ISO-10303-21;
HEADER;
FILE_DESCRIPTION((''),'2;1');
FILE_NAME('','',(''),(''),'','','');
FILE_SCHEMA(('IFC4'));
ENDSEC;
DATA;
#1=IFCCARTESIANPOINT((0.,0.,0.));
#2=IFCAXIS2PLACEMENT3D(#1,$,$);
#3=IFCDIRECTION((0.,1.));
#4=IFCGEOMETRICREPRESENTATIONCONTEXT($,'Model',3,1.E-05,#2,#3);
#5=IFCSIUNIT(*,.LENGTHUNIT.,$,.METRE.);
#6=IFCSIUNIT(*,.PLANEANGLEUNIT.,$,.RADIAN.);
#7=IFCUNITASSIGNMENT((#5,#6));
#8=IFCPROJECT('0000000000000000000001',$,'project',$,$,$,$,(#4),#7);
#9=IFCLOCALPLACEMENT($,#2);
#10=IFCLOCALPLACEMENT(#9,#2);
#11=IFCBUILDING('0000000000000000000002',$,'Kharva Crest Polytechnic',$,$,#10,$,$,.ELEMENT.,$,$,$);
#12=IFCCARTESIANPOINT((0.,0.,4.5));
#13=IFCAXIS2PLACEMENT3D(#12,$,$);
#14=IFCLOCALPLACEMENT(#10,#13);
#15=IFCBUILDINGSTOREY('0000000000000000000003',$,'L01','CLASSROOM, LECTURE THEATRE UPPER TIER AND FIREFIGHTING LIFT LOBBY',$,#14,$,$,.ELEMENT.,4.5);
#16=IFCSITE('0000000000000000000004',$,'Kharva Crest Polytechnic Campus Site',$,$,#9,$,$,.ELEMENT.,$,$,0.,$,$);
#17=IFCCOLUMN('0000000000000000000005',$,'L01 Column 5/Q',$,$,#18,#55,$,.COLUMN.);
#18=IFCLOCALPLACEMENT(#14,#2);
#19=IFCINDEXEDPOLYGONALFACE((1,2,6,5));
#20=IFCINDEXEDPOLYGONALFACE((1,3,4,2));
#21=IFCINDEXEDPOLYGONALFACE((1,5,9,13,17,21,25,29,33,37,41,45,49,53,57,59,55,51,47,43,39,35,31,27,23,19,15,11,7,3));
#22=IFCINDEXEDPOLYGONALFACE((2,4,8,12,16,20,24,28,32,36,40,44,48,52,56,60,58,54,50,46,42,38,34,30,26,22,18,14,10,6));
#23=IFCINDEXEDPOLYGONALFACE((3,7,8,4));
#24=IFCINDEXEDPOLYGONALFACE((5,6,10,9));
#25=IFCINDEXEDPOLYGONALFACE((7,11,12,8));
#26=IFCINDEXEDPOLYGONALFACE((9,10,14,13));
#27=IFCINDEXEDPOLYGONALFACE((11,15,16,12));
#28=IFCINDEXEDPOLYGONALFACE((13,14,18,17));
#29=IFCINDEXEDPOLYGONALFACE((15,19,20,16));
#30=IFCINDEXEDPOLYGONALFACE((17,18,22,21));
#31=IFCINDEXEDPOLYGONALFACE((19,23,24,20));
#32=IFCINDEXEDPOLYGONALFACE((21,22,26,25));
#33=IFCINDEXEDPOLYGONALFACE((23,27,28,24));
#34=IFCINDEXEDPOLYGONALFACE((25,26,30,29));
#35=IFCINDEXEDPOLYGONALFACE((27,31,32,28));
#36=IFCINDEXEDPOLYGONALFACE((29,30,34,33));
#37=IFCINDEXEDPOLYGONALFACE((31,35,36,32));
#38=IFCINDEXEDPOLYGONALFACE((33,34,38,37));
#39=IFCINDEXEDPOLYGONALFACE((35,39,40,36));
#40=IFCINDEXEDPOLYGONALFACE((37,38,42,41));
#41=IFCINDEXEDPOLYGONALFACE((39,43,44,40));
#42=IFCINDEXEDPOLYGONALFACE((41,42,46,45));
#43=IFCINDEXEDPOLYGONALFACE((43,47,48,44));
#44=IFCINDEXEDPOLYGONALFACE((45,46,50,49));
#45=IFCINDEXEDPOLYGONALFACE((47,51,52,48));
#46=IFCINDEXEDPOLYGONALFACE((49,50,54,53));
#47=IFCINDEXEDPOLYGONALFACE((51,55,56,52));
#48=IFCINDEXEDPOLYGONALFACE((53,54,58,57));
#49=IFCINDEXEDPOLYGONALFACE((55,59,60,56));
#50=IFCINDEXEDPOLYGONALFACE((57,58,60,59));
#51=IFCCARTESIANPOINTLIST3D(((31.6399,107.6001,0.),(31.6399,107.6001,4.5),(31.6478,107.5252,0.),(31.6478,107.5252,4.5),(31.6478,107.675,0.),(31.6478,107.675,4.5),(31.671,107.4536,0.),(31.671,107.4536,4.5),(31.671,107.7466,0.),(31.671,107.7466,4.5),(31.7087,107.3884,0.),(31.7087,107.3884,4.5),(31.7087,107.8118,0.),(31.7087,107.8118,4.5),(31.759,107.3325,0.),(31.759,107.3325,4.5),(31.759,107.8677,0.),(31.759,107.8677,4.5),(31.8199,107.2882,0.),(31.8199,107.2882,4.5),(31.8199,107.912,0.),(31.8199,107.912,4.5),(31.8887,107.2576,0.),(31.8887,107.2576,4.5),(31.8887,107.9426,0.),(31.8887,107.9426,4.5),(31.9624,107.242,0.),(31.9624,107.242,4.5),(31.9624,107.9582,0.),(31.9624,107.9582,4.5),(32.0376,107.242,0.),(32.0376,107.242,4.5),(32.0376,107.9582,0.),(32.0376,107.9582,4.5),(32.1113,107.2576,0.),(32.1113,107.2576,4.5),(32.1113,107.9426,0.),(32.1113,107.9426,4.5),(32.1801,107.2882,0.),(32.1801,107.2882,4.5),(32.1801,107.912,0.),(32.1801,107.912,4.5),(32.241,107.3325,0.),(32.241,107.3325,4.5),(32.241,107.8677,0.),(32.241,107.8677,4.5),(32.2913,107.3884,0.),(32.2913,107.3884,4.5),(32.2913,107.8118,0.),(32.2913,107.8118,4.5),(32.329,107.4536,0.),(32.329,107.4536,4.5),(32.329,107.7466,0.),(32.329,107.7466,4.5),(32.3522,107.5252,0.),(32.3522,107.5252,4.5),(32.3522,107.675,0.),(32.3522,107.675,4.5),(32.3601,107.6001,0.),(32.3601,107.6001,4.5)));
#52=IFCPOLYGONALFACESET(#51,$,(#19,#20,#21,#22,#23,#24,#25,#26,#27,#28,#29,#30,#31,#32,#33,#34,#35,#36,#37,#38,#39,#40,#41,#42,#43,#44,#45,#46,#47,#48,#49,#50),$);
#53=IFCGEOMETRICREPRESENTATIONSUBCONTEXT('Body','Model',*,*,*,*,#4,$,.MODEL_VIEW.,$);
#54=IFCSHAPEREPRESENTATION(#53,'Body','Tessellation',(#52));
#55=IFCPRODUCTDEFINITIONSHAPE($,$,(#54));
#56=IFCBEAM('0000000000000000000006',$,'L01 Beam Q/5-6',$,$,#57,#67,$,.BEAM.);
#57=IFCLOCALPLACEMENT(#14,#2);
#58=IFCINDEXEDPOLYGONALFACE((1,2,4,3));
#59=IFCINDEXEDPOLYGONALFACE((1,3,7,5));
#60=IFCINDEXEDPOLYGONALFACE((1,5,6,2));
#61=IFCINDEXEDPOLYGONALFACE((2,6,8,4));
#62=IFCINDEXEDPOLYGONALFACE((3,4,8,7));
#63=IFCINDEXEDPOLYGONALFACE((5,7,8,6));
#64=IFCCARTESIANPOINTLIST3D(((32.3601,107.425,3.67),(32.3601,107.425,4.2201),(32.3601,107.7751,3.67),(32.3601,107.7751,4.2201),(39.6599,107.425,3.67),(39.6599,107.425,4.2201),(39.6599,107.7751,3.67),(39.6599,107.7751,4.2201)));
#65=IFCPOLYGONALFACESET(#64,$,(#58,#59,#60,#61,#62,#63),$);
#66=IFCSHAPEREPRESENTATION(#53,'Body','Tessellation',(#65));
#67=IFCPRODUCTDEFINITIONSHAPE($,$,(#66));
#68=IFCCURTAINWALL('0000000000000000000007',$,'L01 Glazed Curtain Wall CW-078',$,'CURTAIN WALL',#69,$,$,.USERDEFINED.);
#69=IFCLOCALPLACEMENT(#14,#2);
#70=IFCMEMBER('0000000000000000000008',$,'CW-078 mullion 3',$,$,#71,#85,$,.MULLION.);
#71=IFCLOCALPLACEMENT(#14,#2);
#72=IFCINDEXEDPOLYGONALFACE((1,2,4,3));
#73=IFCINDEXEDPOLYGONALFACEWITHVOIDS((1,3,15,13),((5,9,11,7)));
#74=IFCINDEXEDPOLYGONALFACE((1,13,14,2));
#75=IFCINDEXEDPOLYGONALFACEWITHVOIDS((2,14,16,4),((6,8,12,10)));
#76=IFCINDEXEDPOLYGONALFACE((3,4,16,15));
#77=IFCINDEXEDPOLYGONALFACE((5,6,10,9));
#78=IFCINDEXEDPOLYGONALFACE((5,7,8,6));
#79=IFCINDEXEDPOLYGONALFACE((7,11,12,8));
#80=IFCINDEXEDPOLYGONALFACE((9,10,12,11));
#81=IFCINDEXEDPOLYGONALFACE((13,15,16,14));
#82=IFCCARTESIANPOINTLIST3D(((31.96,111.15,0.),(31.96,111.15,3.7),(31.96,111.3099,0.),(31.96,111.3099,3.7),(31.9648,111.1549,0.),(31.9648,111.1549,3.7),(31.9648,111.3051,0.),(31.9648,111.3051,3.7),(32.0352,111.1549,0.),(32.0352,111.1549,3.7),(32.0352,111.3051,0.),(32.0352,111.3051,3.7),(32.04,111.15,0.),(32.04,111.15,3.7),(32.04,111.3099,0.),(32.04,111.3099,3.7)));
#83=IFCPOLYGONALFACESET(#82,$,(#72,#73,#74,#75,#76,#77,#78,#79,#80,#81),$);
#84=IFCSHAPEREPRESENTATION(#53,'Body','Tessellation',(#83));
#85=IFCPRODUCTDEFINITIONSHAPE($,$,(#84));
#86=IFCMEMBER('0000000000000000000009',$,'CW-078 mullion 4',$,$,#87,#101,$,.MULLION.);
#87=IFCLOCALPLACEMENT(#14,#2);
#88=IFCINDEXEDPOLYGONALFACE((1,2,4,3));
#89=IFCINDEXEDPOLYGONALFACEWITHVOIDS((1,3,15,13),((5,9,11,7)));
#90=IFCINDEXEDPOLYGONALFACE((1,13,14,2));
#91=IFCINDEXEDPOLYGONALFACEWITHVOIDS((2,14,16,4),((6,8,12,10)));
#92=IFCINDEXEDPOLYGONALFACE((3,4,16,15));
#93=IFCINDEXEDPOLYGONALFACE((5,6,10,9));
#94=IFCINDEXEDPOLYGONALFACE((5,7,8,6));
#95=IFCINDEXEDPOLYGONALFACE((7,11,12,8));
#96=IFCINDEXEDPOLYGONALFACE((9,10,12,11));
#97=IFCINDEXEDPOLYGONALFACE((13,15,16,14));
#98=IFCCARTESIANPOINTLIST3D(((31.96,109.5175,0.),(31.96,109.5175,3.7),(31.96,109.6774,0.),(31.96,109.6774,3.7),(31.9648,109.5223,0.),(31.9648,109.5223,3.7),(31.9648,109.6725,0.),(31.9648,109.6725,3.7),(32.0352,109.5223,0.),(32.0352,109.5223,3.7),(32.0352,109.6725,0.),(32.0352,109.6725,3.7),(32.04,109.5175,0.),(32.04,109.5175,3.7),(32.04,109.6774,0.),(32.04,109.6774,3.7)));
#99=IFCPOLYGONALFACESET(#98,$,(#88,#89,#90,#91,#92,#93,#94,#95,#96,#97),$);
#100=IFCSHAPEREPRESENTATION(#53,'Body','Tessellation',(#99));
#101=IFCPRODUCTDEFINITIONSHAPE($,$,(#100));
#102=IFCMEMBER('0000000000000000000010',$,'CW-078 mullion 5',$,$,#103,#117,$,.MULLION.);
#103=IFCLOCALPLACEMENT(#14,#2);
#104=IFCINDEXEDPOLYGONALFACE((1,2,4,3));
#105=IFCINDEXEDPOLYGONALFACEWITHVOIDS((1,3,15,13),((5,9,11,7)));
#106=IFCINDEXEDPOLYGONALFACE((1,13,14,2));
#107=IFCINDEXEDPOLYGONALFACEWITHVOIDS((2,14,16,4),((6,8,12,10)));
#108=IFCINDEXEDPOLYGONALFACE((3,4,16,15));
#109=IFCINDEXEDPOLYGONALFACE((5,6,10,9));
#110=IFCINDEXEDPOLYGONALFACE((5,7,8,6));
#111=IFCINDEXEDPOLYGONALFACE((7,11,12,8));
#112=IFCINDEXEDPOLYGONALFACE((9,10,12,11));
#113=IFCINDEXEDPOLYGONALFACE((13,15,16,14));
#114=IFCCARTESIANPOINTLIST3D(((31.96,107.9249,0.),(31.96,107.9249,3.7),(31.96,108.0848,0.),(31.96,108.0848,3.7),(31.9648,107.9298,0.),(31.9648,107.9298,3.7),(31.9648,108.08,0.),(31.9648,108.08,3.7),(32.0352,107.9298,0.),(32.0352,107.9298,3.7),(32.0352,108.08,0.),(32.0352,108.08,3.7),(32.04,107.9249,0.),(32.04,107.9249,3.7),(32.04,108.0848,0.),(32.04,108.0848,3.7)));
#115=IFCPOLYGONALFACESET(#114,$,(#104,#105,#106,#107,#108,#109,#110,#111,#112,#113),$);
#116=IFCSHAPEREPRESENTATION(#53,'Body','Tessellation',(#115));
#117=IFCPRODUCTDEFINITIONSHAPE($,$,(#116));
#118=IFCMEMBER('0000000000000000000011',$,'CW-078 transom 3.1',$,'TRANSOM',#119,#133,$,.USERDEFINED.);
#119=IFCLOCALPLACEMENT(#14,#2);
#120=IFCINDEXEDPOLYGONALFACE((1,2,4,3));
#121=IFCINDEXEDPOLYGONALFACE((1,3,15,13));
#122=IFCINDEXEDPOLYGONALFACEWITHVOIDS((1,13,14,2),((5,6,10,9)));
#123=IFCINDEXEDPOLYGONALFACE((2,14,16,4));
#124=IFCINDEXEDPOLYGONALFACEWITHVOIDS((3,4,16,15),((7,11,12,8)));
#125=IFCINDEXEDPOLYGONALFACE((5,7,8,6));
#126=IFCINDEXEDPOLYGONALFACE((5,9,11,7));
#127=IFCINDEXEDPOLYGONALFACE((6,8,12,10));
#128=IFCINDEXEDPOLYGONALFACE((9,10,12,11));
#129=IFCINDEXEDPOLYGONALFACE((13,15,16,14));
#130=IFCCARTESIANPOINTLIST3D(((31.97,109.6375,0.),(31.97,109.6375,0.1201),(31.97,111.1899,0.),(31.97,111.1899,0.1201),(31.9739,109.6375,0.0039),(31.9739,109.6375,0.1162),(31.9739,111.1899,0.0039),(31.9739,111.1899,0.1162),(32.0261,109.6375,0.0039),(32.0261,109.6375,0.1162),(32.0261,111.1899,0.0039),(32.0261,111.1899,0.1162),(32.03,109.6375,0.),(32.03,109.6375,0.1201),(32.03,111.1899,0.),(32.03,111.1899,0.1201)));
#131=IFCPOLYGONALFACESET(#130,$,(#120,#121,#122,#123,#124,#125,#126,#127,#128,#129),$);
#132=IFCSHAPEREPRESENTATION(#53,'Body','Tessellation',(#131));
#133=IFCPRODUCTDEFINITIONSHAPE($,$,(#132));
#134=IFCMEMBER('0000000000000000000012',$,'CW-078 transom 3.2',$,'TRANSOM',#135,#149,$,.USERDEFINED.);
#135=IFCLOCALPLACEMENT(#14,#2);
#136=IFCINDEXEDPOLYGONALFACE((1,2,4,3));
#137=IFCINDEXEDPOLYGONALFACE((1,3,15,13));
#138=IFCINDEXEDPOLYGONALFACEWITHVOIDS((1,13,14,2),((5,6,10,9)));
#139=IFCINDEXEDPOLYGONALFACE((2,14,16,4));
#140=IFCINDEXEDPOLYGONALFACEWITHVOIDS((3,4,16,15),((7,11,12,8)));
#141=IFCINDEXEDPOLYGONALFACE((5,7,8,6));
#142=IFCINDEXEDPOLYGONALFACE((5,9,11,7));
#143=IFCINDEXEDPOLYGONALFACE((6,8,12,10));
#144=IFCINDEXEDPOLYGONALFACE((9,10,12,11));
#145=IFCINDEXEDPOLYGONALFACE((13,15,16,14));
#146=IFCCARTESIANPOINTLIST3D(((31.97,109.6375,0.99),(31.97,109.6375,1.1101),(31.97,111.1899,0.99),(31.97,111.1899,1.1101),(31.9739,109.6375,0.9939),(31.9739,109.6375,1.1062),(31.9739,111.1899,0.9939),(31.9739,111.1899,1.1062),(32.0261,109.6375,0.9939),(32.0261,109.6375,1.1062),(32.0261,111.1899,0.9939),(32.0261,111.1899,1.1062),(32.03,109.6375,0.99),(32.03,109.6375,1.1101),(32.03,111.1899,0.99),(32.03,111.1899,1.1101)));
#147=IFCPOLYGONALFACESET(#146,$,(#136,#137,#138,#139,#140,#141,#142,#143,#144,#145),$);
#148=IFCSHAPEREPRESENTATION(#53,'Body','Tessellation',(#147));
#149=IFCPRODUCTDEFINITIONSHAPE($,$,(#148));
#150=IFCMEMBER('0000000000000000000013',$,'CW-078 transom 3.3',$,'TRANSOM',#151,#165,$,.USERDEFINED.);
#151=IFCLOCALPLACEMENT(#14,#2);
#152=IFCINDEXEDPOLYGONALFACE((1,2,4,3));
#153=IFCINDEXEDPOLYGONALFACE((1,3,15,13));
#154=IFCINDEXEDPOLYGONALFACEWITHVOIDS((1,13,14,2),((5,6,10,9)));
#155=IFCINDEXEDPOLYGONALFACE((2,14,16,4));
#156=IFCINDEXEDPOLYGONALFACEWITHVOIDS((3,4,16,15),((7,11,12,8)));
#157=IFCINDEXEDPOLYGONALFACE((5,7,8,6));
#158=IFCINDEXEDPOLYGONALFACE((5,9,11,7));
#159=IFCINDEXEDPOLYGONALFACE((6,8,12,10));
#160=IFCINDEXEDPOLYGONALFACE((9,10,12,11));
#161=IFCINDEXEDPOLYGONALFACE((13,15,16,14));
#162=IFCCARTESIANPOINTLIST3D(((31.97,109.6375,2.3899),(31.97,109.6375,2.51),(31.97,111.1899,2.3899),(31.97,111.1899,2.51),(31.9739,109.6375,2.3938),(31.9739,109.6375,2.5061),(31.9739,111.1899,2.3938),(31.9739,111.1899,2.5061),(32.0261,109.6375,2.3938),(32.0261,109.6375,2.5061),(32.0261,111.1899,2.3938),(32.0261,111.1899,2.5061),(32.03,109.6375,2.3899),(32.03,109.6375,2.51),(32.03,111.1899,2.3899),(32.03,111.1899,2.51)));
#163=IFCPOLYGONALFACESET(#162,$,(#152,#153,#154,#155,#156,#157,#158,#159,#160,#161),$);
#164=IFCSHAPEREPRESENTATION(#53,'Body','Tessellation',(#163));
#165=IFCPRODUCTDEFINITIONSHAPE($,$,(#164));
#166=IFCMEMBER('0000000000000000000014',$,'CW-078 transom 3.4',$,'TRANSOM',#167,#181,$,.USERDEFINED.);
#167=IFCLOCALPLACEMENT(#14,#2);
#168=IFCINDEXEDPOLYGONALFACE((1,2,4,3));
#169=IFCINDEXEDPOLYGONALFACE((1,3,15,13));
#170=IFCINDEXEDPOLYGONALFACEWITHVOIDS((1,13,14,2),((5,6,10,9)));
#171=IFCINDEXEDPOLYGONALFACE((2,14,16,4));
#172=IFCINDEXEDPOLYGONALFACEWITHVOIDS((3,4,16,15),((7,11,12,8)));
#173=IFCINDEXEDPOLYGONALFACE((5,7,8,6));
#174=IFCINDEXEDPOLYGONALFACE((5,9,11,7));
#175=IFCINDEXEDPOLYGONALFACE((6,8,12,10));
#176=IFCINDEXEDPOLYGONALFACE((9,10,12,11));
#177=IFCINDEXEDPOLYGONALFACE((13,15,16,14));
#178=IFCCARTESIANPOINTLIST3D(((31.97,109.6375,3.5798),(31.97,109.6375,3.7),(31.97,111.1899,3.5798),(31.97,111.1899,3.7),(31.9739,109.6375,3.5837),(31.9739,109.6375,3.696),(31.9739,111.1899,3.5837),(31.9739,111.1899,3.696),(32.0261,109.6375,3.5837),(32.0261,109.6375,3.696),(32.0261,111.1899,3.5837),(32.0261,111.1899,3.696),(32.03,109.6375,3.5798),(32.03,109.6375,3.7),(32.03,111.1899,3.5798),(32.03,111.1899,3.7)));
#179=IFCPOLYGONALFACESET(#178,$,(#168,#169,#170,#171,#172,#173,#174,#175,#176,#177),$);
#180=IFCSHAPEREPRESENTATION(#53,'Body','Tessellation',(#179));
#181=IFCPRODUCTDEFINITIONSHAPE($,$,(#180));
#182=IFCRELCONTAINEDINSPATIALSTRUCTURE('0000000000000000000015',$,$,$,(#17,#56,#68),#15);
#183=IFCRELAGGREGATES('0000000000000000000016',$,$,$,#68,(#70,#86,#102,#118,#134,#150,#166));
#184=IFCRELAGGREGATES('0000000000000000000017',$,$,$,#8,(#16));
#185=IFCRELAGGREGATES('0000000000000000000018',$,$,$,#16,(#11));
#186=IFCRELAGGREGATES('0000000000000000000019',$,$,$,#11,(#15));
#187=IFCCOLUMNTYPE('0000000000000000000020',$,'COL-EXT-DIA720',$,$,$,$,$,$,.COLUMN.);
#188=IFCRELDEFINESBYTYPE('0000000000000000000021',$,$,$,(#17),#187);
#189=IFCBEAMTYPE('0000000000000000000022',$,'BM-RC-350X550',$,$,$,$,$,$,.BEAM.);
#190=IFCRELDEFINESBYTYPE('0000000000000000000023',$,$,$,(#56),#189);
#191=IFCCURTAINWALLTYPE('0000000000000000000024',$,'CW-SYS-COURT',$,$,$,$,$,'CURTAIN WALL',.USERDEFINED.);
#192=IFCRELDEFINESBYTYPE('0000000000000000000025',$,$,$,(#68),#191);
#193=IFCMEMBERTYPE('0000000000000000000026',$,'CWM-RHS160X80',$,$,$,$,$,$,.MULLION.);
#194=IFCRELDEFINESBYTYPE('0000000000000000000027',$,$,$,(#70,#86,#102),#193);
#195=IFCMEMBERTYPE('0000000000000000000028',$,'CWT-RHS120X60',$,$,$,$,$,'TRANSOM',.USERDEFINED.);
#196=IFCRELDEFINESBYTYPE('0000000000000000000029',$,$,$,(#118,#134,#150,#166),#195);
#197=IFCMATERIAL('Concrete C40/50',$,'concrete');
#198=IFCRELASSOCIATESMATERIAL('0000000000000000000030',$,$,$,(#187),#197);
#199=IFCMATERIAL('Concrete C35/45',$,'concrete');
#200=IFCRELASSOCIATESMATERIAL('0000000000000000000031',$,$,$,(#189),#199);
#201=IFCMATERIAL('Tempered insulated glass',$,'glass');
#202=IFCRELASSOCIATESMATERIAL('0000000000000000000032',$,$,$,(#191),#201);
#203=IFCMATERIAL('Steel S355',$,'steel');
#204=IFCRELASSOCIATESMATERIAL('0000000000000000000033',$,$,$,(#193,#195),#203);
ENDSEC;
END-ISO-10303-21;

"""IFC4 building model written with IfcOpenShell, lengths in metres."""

from ifc_helpers import new_model, si_unit, direction, frame, origin, origin_2d, place, context, subcontext, project, spatial, rectangle, hollow_rectangle, circle, extrude, material, material_profile, profile_set, type_object, element, aggregate, save


model = new_model("IFC4")

# Units and contexts
model_context = context("Model", 3, precision=1e-05, world=origin(), true_north=direction((0.0, 1.0)))
body_context = subcontext(model_context, "Body", "Model", "MODEL_VIEW")
ifc_project = project(units=[si_unit("LENGTHUNIT", "METRE"), si_unit("PLANEANGLEUNIT", "RADIAN")], contexts=[model_context])

# Site, building, storey
site_placement = place(None, origin())
site = spatial("IfcSite", under=ifc_project, at=site_placement, Name="Kharva Crest Polytechnic Campus Site", CompositionType="ELEMENT", RefElevation=0.0)
building_placement = place(site_placement, origin())
building = spatial("IfcBuilding", under=site, at=building_placement, Name="Kharva Crest Polytechnic", CompositionType="ELEMENT")
storey_placement = place(building_placement, frame((0.0, 0.0, 4.5)))
storey = spatial("IfcBuildingStorey", under=building, at=storey_placement, Name="L01", Description="CLASSROOM, LECTURE THEATRE UPPER TIER AND FIREFIGHTING LIFT LOBBY", CompositionType="ELEMENT", Elevation=4.5)

# Column
ifc_material_1 = material(Name="Concrete C40/50", Category="concrete")
ifc_material_profile_1 = material_profile(ifc_material_1, circle(Radius=0.3601, at=origin_2d()), Name="DIA 720")
ifc_profile_set_1 = profile_set([ifc_material_profile_1], Name="Concrete C40/50")
column_type = type_object("IfcColumnType", Name="COL-EXT-DIA720", PredefinedType="COLUMN", material=ifc_profile_set_1)
column_placement = place(storey_placement, frame((32.0, 107.6001, 0.0), z_axis=(0.0, 0.0, 1.0), x_axis=(1.0, 0.0, 0.0)))
element("IfcColumn", 1, at=column_placement, inside=storey, type_object=column_type, Name="L01 Column 5/Q", PredefinedType="COLUMN", context=body_context, shape_type="SweptSolid", body=[
    extrude(circle(Radius=0.3601, at=origin_2d()), origin(), (0.0, 0.0, 1.0), 4.5),
])

# Beam
ifc_material_2 = material(Name="Concrete C35/45", Category="concrete")
ifc_material_profile_2 = material_profile(ifc_material_2, rectangle(XDim=0.3501, YDim=0.55, at=origin_2d()), Name="RECT 350 X 550")
ifc_profile_set_2 = profile_set([ifc_material_profile_2], Name="Concrete C35/45")
beam_type_1 = type_object("IfcBeamType", Name="BM-RC-350X550", PredefinedType="BEAM", material=ifc_profile_set_2)
beam_1_placement = place(storey_placement, frame((32.3601, 107.6001, 3.9451), z_axis=(1.0, 0.0, 0.0), x_axis=(0.0, 1.0, 0.0)))
element("IfcBeam", 2, at=beam_1_placement, inside=storey, type_object=beam_type_1, Name="L01 Beam Q/5-6", PredefinedType="BEAM", context=body_context, shape_type="SweptSolid", body=[
    extrude(rectangle(XDim=0.3501, YDim=0.55, at=origin_2d()), origin(), (0.0, 0.0, 1.0), 7.2998),
])

# Curtain wall, members
ifc_material_3 = material(Name="Tempered insulated glass", Category="glass")
curtain_wall_type = type_object("IfcCurtainWallType", Name="CW-SYS-COURT", ElementType="CURTAIN WALL", PredefinedType="USERDEFINED", material=ifc_material_3)
curtain_wall_placement = place(storey_placement, origin())
curtain_wall = element("IfcCurtainWall", 3, at=curtain_wall_placement, inside=storey, type_object=curtain_wall_type, Name="L01 Glazed Curtain Wall CW-078", ObjectType="CURTAIN WALL", PredefinedType="USERDEFINED")
ifc_material_4 = material(Name="Steel S355", Category="steel")
ifc_material_profile_3 = material_profile(ifc_material_4, hollow_rectangle(XDim=0.0801, YDim=0.1599, WallThickness=0.0049, at=origin_2d()), Name="RHS 160X80X5.0")
ifc_profile_set_3 = profile_set([ifc_material_profile_3], Name="Steel S355")
member_type_1 = type_object("IfcMemberType", Name="CWM-RHS160X80", PredefinedType="MULLION", material=ifc_profile_set_3)
member_1_placement = place(storey_placement, frame((32.0, 111.23, 0.0), z_axis=(0.0, 0.0, 1.0), x_axis=(1.0, 0.0, 0.0)))
member_1 = element("IfcMember", 4, at=member_1_placement, type_object=member_type_1, Name="CW-078 mullion 3", PredefinedType="MULLION", context=body_context, shape_type="SweptSolid", body=[
    extrude(hollow_rectangle(XDim=0.0801, YDim=0.1599, WallThickness=0.0049, at=origin_2d()), origin(), (0.0, 0.0, 1.0), 3.7),
])
member_2_placement = place(storey_placement, frame((32.0, 109.5974, 0.0), z_axis=(0.0, 0.0, 1.0), x_axis=(1.0, 0.0, 0.0)))
member_2 = element("IfcMember", 5, at=member_2_placement, type_object=member_type_1, Name="CW-078 mullion 4", PredefinedType="MULLION", context=body_context, shape_type="SweptSolid", body=[
    extrude(hollow_rectangle(XDim=0.0801, YDim=0.1599, WallThickness=0.0049, at=origin_2d()), origin(), (0.0, 0.0, 1.0), 3.7),
])
member_3_placement = place(storey_placement, frame((32.0, 108.0049, 0.0), z_axis=(0.0, 0.0, 1.0), x_axis=(1.0, 0.0, 0.0)))
member_3 = element("IfcMember", 6, at=member_3_placement, type_object=member_type_1, Name="CW-078 mullion 5", PredefinedType="MULLION", context=body_context, shape_type="SweptSolid", body=[
    extrude(hollow_rectangle(XDim=0.0801, YDim=0.1599, WallThickness=0.0049, at=origin_2d()), origin(), (0.0, 0.0, 1.0), 3.7),
])
ifc_material_profile_4 = material_profile(ifc_material_4, hollow_rectangle(XDim=0.0601, YDim=0.1201, WallThickness=0.0039, at=origin_2d()), Name="RHS 120X60X4.0")
ifc_profile_set_4 = profile_set([ifc_material_profile_4], Name="Steel S355")
member_type_2 = type_object("IfcMemberType", Name="CWT-RHS120X60", ElementType="TRANSOM", PredefinedType="USERDEFINED", material=ifc_profile_set_4)
member_4_placement = place(storey_placement, frame((32.0, 111.1899, 0.0601), z_axis=(0.0, -1.0, 0.0), x_axis=(1.0, 0.0, 0.0)))
member_4 = element("IfcMember", 7, at=member_4_placement, type_object=member_type_2, Name="CW-078 transom 3.1", ObjectType="TRANSOM", PredefinedType="USERDEFINED", context=body_context, shape_type="SweptSolid", body=[
    extrude(hollow_rectangle(XDim=0.0601, YDim=0.1201, WallThickness=0.0039, at=origin_2d()), origin(), (0.0, 0.0, 1.0), 1.5525),
])
member_5_placement = place(storey_placement, frame((32.0, 111.1899, 1.05), z_axis=(0.0, -1.0, 0.0), x_axis=(1.0, 0.0, 0.0)))
member_5 = element("IfcMember", 8, at=member_5_placement, type_object=member_type_2, Name="CW-078 transom 3.2", ObjectType="TRANSOM", PredefinedType="USERDEFINED", context=body_context, shape_type="SweptSolid", body=[
    extrude(hollow_rectangle(XDim=0.0601, YDim=0.1201, WallThickness=0.0039, at=origin_2d()), origin(), (0.0, 0.0, 1.0), 1.5525),
])
member_6_placement = place(storey_placement, frame((32.0, 111.1899, 2.45), z_axis=(0.0, -1.0, 0.0), x_axis=(1.0, 0.0, 0.0)))
member_6 = element("IfcMember", 9, at=member_6_placement, type_object=member_type_2, Name="CW-078 transom 3.3", ObjectType="TRANSOM", PredefinedType="USERDEFINED", context=body_context, shape_type="SweptSolid", body=[
    extrude(hollow_rectangle(XDim=0.0601, YDim=0.1201, WallThickness=0.0039, at=origin_2d()), origin(), (0.0, 0.0, 1.0), 1.5525),
])
member_7_placement = place(storey_placement, frame((32.0, 111.1899, 3.6399), z_axis=(0.0, -1.0, 0.0), x_axis=(1.0, 0.0, 0.0)))
member_7 = element("IfcMember", 10, at=member_7_placement, type_object=member_type_2, Name="CW-078 transom 3.4", ObjectType="TRANSOM", PredefinedType="USERDEFINED", context=body_context, shape_type="SweptSolid", body=[
    extrude(hollow_rectangle(XDim=0.0601, YDim=0.1201, WallThickness=0.0039, at=origin_2d()), origin(), (0.0, 0.0, 1.0), 1.5525),
])

aggregate(curtain_wall, [member_1, member_2, member_3, member_4, member_5, member_6, member_7])

save(model, "model.ifc")
